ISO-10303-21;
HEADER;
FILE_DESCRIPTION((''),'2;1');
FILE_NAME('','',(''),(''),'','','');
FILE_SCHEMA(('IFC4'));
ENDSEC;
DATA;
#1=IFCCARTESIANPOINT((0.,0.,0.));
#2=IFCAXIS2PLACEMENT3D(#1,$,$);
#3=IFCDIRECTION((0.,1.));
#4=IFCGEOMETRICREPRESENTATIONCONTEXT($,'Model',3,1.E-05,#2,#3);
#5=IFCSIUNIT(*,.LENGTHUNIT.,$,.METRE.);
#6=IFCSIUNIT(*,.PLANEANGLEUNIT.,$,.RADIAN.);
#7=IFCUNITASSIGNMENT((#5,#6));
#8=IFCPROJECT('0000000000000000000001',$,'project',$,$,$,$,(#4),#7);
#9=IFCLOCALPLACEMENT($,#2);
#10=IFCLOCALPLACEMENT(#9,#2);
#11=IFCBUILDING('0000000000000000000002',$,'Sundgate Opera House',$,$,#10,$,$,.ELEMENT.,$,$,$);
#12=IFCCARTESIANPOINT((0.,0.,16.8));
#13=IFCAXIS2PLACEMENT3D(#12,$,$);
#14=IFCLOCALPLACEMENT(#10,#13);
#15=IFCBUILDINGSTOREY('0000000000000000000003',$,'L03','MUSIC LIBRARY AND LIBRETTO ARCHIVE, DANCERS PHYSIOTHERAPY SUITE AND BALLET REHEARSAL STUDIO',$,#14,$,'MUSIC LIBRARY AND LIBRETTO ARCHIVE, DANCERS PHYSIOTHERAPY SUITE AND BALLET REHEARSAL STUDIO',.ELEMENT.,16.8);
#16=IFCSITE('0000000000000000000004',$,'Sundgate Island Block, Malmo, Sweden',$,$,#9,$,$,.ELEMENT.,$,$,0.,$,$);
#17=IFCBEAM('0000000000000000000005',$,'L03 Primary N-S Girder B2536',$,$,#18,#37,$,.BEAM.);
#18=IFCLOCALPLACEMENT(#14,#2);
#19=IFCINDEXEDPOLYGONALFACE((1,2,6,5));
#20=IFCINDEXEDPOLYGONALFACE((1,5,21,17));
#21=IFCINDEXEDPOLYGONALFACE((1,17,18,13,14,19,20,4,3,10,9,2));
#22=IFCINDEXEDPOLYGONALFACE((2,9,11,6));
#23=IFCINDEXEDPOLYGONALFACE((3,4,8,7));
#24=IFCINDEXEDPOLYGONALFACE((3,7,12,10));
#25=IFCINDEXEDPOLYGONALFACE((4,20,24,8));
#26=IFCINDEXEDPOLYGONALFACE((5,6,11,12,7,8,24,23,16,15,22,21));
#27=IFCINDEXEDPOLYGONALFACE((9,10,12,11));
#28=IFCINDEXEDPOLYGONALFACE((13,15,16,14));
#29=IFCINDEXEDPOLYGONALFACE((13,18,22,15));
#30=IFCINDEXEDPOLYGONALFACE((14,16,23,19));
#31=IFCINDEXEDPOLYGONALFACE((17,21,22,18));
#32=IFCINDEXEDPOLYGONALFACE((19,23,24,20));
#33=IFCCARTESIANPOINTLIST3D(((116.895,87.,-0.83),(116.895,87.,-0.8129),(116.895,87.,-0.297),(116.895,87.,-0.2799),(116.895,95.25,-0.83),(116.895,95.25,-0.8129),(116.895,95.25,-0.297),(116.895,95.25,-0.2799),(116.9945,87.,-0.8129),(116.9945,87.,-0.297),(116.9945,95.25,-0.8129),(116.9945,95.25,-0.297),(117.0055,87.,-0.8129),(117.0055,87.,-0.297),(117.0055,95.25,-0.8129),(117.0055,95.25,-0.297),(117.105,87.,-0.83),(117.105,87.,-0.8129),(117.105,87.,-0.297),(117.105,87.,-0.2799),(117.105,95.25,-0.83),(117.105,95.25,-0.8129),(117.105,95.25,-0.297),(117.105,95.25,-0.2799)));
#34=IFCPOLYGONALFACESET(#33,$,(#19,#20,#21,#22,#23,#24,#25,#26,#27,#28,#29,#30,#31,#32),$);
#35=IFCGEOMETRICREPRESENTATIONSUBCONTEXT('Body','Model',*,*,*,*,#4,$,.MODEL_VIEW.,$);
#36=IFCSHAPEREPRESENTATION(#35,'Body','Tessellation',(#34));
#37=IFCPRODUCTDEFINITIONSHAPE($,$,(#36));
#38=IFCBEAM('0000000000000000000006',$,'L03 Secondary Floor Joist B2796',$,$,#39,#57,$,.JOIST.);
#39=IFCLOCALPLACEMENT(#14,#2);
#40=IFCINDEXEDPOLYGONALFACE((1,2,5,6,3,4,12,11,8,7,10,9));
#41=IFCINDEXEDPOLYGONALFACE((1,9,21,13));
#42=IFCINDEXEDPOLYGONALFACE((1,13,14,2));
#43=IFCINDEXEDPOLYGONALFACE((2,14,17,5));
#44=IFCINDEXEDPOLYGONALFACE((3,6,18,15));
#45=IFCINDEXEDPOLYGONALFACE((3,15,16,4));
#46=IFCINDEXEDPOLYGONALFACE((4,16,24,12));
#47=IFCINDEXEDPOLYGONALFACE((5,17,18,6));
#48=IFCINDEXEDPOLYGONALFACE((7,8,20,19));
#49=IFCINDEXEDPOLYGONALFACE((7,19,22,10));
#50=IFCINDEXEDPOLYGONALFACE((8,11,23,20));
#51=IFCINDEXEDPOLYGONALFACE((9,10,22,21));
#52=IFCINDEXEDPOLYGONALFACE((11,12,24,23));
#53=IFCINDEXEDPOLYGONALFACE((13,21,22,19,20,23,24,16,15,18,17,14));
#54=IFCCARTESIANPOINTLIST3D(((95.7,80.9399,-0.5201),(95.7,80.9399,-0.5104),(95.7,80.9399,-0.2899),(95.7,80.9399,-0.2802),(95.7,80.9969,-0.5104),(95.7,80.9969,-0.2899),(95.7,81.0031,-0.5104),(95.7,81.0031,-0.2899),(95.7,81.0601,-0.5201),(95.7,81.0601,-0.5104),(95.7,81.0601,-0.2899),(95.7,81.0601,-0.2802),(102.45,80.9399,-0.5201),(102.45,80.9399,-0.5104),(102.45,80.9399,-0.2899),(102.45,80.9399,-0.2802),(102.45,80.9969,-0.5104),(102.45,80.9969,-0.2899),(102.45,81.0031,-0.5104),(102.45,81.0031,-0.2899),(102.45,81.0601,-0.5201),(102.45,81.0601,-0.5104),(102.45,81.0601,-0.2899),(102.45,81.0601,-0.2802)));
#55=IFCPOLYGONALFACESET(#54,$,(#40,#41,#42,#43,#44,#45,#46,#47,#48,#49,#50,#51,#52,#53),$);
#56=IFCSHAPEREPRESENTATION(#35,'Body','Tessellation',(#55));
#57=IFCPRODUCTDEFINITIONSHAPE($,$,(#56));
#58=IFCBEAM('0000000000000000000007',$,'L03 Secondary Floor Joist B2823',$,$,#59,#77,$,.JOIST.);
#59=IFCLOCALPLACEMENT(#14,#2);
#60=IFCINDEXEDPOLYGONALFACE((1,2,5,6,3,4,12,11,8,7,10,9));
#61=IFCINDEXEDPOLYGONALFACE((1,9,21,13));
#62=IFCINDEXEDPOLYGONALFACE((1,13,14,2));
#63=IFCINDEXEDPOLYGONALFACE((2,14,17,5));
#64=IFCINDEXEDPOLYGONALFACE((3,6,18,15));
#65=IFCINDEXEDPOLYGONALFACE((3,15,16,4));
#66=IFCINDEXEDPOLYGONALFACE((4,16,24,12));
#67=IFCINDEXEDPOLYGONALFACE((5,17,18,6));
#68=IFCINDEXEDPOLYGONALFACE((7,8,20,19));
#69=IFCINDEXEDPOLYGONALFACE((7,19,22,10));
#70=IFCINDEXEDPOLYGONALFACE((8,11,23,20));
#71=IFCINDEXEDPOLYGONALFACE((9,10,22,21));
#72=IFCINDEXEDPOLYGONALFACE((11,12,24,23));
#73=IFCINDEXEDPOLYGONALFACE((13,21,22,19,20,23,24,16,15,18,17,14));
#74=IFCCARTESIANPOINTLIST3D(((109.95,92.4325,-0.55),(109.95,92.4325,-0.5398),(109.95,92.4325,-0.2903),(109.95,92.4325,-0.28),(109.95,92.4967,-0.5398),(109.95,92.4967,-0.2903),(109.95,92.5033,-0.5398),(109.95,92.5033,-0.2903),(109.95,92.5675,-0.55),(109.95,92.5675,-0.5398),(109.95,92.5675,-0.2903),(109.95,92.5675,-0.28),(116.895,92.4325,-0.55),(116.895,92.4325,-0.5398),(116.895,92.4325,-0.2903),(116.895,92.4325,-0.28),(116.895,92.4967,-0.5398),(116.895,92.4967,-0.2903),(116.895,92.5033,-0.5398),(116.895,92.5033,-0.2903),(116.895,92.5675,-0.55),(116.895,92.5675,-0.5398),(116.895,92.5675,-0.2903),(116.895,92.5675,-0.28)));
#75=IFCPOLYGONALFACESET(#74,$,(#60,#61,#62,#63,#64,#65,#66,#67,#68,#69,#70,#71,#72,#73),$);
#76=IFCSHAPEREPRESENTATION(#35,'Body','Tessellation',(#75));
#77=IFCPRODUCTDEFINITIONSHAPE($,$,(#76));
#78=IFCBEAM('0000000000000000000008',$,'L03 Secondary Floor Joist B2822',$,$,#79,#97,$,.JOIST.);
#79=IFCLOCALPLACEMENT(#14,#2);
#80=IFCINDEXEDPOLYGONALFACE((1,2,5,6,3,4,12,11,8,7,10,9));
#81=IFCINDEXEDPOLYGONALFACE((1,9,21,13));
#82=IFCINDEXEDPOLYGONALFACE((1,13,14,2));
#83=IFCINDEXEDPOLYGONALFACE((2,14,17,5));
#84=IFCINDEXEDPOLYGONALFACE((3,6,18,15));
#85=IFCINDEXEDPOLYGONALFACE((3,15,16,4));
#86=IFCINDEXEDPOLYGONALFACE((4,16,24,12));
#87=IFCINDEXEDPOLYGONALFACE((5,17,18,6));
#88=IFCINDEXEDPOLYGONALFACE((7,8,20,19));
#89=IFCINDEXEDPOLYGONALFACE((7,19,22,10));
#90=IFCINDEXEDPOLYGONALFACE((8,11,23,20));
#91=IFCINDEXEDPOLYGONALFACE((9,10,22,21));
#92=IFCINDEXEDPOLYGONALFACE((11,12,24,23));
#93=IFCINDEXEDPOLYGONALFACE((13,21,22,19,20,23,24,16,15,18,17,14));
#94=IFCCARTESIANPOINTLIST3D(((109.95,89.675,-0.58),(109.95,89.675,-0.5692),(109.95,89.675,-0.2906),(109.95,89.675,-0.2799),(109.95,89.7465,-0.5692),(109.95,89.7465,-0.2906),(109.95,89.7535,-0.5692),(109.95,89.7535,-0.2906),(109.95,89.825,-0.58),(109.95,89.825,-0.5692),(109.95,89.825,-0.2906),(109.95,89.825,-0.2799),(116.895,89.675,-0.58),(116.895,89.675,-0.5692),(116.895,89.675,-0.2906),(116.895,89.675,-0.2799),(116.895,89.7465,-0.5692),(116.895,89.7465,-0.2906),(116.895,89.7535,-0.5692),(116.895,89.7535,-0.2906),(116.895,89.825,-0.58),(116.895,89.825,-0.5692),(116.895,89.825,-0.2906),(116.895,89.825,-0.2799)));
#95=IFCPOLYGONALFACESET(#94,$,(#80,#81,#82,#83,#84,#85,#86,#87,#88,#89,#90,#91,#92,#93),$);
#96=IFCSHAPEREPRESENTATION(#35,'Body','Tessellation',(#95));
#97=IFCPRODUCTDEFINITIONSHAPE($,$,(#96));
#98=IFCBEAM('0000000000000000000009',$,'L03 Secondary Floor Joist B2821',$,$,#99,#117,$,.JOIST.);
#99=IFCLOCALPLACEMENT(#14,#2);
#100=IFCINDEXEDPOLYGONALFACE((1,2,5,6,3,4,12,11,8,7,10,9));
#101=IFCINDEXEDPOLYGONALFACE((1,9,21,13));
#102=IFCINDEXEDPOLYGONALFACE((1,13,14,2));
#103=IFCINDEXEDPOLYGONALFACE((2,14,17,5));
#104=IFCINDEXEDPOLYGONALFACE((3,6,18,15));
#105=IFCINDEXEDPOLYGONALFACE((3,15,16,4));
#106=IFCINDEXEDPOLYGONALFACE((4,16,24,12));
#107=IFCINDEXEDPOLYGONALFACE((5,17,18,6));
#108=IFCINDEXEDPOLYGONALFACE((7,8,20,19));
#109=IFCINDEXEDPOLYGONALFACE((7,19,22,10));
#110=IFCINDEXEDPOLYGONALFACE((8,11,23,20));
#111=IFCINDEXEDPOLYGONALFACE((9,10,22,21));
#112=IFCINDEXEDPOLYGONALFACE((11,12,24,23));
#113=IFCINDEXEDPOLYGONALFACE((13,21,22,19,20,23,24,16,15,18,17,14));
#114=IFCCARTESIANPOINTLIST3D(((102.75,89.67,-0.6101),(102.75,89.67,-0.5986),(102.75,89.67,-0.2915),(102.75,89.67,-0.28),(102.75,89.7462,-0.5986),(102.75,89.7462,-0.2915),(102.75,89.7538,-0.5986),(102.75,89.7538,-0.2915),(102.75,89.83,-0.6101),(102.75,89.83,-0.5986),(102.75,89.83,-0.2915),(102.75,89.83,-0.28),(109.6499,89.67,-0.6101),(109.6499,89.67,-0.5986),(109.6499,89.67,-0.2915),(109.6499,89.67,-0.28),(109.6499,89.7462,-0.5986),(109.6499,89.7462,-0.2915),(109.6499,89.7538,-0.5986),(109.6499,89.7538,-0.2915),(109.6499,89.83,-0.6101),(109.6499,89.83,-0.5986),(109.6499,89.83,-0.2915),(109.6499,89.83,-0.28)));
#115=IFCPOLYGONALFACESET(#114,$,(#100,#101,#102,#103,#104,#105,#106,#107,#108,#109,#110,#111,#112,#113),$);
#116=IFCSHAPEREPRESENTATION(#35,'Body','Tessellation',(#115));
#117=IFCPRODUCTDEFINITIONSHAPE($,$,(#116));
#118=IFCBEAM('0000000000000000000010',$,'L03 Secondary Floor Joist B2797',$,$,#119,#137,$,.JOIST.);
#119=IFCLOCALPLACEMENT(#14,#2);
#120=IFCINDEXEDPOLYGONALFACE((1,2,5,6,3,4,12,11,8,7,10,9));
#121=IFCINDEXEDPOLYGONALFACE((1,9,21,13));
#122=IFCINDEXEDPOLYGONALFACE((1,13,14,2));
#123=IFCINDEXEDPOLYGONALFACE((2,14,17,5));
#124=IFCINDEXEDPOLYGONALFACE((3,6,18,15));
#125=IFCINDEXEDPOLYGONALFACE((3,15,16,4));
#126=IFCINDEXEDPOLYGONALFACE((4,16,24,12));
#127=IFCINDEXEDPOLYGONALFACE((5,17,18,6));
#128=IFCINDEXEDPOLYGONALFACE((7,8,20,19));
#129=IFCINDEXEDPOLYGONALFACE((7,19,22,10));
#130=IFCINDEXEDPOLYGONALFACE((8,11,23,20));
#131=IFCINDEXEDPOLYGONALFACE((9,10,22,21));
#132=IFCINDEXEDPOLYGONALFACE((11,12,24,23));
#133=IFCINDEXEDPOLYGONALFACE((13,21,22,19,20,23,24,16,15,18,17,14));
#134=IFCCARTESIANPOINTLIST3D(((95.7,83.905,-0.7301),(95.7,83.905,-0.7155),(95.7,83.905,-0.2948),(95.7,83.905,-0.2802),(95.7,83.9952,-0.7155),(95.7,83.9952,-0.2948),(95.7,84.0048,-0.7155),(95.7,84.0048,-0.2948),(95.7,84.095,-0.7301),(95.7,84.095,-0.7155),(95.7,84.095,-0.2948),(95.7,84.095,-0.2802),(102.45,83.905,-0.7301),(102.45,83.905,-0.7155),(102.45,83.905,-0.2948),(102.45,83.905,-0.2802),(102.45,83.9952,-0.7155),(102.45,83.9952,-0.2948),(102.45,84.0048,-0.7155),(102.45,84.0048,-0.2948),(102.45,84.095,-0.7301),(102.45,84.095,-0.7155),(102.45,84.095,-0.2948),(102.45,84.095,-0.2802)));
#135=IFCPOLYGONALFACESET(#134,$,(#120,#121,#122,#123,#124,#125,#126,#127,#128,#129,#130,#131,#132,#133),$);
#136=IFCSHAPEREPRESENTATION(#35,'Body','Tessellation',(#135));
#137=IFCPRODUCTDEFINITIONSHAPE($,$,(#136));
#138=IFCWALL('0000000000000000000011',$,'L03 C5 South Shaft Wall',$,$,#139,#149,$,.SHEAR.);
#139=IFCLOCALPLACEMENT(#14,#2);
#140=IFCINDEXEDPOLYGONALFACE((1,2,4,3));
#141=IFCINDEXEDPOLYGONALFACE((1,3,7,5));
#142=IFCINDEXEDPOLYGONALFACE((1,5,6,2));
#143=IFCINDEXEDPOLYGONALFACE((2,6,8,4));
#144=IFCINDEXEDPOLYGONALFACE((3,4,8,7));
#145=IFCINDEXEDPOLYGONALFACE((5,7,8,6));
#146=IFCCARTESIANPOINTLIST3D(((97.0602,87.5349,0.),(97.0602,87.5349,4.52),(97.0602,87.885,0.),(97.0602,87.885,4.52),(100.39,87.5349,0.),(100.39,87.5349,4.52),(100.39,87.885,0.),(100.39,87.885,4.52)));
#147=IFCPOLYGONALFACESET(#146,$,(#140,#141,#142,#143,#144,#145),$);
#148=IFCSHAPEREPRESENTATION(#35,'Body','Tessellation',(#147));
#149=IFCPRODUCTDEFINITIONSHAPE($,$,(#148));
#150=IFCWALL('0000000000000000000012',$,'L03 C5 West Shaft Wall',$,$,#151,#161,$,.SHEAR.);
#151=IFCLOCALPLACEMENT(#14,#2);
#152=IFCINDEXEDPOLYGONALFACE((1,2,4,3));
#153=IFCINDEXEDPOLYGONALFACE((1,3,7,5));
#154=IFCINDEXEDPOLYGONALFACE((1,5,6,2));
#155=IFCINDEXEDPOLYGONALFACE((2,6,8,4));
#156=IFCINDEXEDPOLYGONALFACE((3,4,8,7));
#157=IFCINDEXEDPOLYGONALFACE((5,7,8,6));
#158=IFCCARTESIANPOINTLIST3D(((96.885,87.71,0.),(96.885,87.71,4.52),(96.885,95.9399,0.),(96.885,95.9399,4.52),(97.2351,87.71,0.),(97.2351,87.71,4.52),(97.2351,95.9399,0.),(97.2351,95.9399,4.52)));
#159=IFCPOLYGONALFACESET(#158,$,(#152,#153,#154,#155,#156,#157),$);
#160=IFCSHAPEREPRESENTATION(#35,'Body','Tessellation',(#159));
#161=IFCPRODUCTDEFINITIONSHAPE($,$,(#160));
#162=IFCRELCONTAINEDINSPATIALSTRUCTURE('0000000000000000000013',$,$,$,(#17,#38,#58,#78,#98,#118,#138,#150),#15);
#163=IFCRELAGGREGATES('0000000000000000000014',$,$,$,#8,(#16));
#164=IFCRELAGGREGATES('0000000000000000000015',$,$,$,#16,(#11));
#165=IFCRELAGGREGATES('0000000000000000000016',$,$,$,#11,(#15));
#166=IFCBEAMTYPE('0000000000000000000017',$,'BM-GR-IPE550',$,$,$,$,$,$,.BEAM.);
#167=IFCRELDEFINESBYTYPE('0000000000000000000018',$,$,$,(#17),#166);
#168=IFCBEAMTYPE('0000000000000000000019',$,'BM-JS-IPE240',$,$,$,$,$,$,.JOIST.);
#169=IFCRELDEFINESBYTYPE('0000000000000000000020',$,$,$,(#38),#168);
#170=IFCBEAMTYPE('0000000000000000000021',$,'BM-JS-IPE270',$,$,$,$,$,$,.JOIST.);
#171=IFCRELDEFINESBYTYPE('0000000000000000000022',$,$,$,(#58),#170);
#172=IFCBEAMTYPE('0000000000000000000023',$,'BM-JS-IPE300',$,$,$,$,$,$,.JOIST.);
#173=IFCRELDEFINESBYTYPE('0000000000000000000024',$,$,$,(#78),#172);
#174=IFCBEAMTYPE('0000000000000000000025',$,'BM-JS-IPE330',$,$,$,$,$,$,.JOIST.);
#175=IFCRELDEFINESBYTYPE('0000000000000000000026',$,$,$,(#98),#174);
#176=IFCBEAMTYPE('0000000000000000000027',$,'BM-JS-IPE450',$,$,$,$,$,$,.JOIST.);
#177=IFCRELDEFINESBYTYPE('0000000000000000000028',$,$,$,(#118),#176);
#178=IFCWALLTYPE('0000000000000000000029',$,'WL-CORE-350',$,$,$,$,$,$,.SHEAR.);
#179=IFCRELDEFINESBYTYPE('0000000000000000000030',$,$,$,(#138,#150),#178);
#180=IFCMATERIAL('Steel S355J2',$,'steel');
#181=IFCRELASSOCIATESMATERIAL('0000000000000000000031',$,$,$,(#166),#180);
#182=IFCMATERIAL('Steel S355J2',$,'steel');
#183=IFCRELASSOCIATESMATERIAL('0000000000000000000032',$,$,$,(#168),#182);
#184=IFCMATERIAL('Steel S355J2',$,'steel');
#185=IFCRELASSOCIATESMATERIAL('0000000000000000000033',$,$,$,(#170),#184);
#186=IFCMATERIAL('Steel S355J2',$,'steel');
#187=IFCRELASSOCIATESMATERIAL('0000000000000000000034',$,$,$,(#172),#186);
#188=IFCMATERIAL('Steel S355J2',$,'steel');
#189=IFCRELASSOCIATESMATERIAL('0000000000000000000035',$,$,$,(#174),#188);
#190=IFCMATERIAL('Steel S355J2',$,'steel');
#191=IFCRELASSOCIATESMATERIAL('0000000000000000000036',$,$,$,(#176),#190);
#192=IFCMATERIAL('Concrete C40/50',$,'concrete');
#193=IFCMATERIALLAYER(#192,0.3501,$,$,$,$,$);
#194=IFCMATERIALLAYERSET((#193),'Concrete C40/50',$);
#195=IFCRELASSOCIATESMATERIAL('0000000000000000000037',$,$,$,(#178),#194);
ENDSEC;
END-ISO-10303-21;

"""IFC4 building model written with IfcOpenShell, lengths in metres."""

from ifc_helpers import new_model, si_unit, direction, frame, frame_2d, origin, origin_2d, place, context, subcontext, project, spatial, rectangle, i_section, extrude, material, layer, layer_set, material_profile, profile_set, type_object, element, save


model = new_model("IFC4")

# Units and contexts
model_context = context("Model", 3, precision=1e-05, world=origin(), true_north=direction((0.0, 1.0)))
body_context = subcontext(model_context, "Body", "Model", "MODEL_VIEW")
ifc_project = project(units=[si_unit("LENGTHUNIT", "METRE"), si_unit("PLANEANGLEUNIT", "RADIAN")], contexts=[model_context])

# Site, building, storey
site_placement = place(None, origin())
site = spatial("IfcSite", under=ifc_project, at=site_placement, Name="Sundgate Island Block, Malmo, Sweden", CompositionType="ELEMENT", RefElevation=0.0)
building_placement = place(site_placement, origin())
building = spatial("IfcBuilding", under=site, at=building_placement, Name="Sundgate Opera House", CompositionType="ELEMENT")
storey_placement = place(building_placement, frame((0.0, 0.0, 16.8)))
storey = spatial("IfcBuildingStorey", under=building, at=storey_placement, Name="L03", Description="MUSIC LIBRARY AND LIBRETTO ARCHIVE, DANCERS PHYSIOTHERAPY SUITE AND BALLET REHEARSAL STUDIO", LongName="MUSIC LIBRARY AND LIBRETTO ARCHIVE, DANCERS PHYSIOTHERAPY SUITE AND BALLET REHEARSAL STUDIO", CompositionType="ELEMENT", Elevation=16.8)

# Beams
ifc_material_1 = material(Name="Steel S355J2", Category="steel")
ifc_material_profile_1 = material_profile(ifc_material_1, i_section(OverallWidth=0.21, OverallDepth=0.55, WebThickness=0.011, FlangeThickness=0.0171, at=origin_2d()), Name="IPE 550")
ifc_profile_set_1 = profile_set([ifc_material_profile_1], Name="Steel S355J2")
beam_type_1 = type_object("IfcBeamType", Name="BM-GR-IPE550", PredefinedType="BEAM", material=ifc_profile_set_1)
beam_1_placement = place(storey_placement, frame((117.0, 87.0, -0.5549), z_axis=(0.0, 1.0, 0.0), x_axis=(-1.0, 0.0, 0.0)))
element("IfcBeam", 1, at=beam_1_placement, inside=storey, type_object=beam_type_1, Name="L03 Primary N-S Girder B2536", PredefinedType="BEAM", context=body_context, shape_type="SweptSolid", body=[
    extrude(i_section(OverallWidth=0.21, OverallDepth=0.55, WebThickness=0.011, FlangeThickness=0.0171, at=origin_2d()), origin(), (0.0, 0.0, 1.0), 8.25),
])
ifc_material_2 = material(Name="Steel S355J2", Category="steel")
ifc_material_profile_2 = material_profile(ifc_material_2, i_section(OverallWidth=0.1201, OverallDepth=0.24, WebThickness=0.0061, FlangeThickness=0.0098, at=origin_2d()), Name="IPE 240")
ifc_profile_set_2 = profile_set([ifc_material_profile_2], Name="Steel S355J2")
beam_type_2 = type_object("IfcBeamType", Name="BM-JS-IPE240", PredefinedType="JOIST", material=ifc_profile_set_2)
beam_2_placement = place(storey_placement, frame((95.7, 81.0, -0.4001), z_axis=(1.0, 0.0, 0.0), x_axis=(0.0, 1.0, 0.0)))
element("IfcBeam", 2, at=beam_2_placement, inside=storey, type_object=beam_type_2, Name="L03 Secondary Floor Joist B2796", PredefinedType="JOIST", context=body_context, shape_type="SweptSolid", body=[
    extrude(i_section(OverallWidth=0.1201, OverallDepth=0.24, WebThickness=0.0061, FlangeThickness=0.0098, at=origin_2d()), origin(), (0.0, 0.0, 1.0), 6.75),
])
ifc_material_3 = material(Name="Steel S355J2", Category="steel")
ifc_material_profile_3 = material_profile(ifc_material_3, i_section(OverallWidth=0.135, OverallDepth=0.27, WebThickness=0.0066, FlangeThickness=0.0103, at=origin_2d()), Name="IPE 270")
ifc_profile_set_3 = profile_set([ifc_material_profile_3], Name="Steel S355J2")
beam_type_3 = type_object("IfcBeamType", Name="BM-JS-IPE270", PredefinedType="JOIST", material=ifc_profile_set_3)
beam_3_placement = place(storey_placement, frame((109.95, 92.5, -0.415), z_axis=(1.0, 0.0, 0.0), x_axis=(0.0, 1.0, 0.0)))
element("IfcBeam", 3, at=beam_3_placement, inside=storey, type_object=beam_type_3, Name="L03 Secondary Floor Joist B2823", PredefinedType="JOIST", context=body_context, shape_type="SweptSolid", body=[
    extrude(i_section(OverallWidth=0.135, OverallDepth=0.27, WebThickness=0.0066, FlangeThickness=0.0103, at=origin_2d()), origin(), (0.0, 0.0, 1.0), 6.9451),
])
ifc_material_4 = material(Name="Steel S355J2", Category="steel")
ifc_material_profile_4 = material_profile(ifc_material_4, i_section(OverallWidth=0.1499, OverallDepth=0.3, WebThickness=0.0071, FlangeThickness=0.0107, at=origin_2d()), Name="IPE 300")
ifc_profile_set_4 = profile_set([ifc_material_profile_4], Name="Steel S355J2")
beam_type_4 = type_object("IfcBeamType", Name="BM-JS-IPE300", PredefinedType="JOIST", material=ifc_profile_set_4)
beam_4_placement = place(storey_placement, frame((109.95, 89.75, -0.4299), z_axis=(1.0, 0.0, 0.0), x_axis=(0.0, 1.0, 0.0)))
element("IfcBeam", 4, at=beam_4_placement, inside=storey, type_object=beam_type_4, Name="L03 Secondary Floor Joist B2822", PredefinedType="JOIST", context=body_context, shape_type="SweptSolid", body=[
    extrude(i_section(OverallWidth=0.1499, OverallDepth=0.3, WebThickness=0.0071, FlangeThickness=0.0107, at=origin_2d()), origin(), (0.0, 0.0, 1.0), 6.9451),
])
ifc_material_5 = material(Name="Steel S355J2", Category="steel")
ifc_material_profile_5 = material_profile(ifc_material_5, i_section(OverallWidth=0.1599, OverallDepth=0.3301, WebThickness=0.0076, FlangeThickness=0.0115, at=origin_2d()), Name="IPE 330")
ifc_profile_set_5 = profile_set([ifc_material_profile_5], Name="Steel S355J2")
beam_type_5 = type_object("IfcBeamType", Name="BM-JS-IPE330", PredefinedType="JOIST", material=ifc_profile_set_5)
beam_5_placement = place(storey_placement, frame((102.75, 89.75, -0.4451), z_axis=(1.0, 0.0, 0.0), x_axis=(0.0, 1.0, 0.0)))
element("IfcBeam", 5, at=beam_5_placement, inside=storey, type_object=beam_type_5, Name="L03 Secondary Floor Joist B2821", PredefinedType="JOIST", context=body_context, shape_type="SweptSolid", body=[
    extrude(i_section(OverallWidth=0.1599, OverallDepth=0.3301, WebThickness=0.0076, FlangeThickness=0.0115, at=origin_2d()), origin(), (0.0, 0.0, 1.0), 6.8999),
])
ifc_material_6 = material(Name="Steel S355J2", Category="steel")
ifc_material_profile_6 = material_profile(ifc_material_6, i_section(OverallWidth=0.1899, OverallDepth=0.45, WebThickness=0.0095, FlangeThickness=0.0146, at=origin_2d()), Name="IPE 450")
ifc_profile_set_6 = profile_set([ifc_material_profile_6], Name="Steel S355J2")
beam_type_6 = type_object("IfcBeamType", Name="BM-JS-IPE450", PredefinedType="JOIST", material=ifc_profile_set_6)
beam_6_placement = place(storey_placement, frame((95.7, 84.0, -0.5051), z_axis=(1.0, 0.0, 0.0), x_axis=(0.0, 1.0, 0.0)))
element("IfcBeam", 6, at=beam_6_placement, inside=storey, type_object=beam_type_6, Name="L03 Secondary Floor Joist B2797", PredefinedType="JOIST", context=body_context, shape_type="SweptSolid", body=[
    extrude(i_section(OverallWidth=0.1899, OverallDepth=0.45, WebThickness=0.0095, FlangeThickness=0.0146, at=origin_2d()), origin(), (0.0, 0.0, 1.0), 6.75),
])

# Walls
ifc_material_7 = material(Name="Concrete C40/50", Category="concrete")
ifc_layer_1 = layer(ifc_material_7, 0.3501)
ifc_layer_set_1 = layer_set([ifc_layer_1], Name="Concrete C40/50")
wall_type_1 = type_object("IfcWallType", Name="WL-CORE-350", PredefinedType="SHEAR", material=ifc_layer_set_1)
wall_1_placement = place(storey_placement, frame((97.0601, 87.71, 0.0), z_axis=(0.0, 0.0, 1.0), x_axis=(1.0, 0.0, 0.0)))
element("IfcWall", 7, at=wall_1_placement, inside=storey, type_object=wall_type_1, Name="L03 C5 South Shaft Wall", PredefinedType="SHEAR", context=body_context, shape_type="SweptSolid", body=[
    extrude(rectangle(XDim=3.3298, YDim=0.3501, at=frame_2d((1.665, 0.0))), origin(), (0.0, 0.0, 1.0), 4.52),
])
wall_2_placement = place(storey_placement, frame((97.0601, 87.71, 0.0), z_axis=(0.0, 0.0, 1.0), x_axis=(0.0, 1.0, 0.0)))
element("IfcWall", 8, at=wall_2_placement, inside=storey, type_object=wall_type_1, Name="L03 C5 West Shaft Wall", PredefinedType="SHEAR", context=body_context, shape_type="SweptSolid", body=[
    extrude(rectangle(XDim=8.23, YDim=0.3501, at=frame_2d((4.115, 0.0))), origin(), (0.0, 0.0, 1.0), 4.52),
])

save(model, "model.ifc")
